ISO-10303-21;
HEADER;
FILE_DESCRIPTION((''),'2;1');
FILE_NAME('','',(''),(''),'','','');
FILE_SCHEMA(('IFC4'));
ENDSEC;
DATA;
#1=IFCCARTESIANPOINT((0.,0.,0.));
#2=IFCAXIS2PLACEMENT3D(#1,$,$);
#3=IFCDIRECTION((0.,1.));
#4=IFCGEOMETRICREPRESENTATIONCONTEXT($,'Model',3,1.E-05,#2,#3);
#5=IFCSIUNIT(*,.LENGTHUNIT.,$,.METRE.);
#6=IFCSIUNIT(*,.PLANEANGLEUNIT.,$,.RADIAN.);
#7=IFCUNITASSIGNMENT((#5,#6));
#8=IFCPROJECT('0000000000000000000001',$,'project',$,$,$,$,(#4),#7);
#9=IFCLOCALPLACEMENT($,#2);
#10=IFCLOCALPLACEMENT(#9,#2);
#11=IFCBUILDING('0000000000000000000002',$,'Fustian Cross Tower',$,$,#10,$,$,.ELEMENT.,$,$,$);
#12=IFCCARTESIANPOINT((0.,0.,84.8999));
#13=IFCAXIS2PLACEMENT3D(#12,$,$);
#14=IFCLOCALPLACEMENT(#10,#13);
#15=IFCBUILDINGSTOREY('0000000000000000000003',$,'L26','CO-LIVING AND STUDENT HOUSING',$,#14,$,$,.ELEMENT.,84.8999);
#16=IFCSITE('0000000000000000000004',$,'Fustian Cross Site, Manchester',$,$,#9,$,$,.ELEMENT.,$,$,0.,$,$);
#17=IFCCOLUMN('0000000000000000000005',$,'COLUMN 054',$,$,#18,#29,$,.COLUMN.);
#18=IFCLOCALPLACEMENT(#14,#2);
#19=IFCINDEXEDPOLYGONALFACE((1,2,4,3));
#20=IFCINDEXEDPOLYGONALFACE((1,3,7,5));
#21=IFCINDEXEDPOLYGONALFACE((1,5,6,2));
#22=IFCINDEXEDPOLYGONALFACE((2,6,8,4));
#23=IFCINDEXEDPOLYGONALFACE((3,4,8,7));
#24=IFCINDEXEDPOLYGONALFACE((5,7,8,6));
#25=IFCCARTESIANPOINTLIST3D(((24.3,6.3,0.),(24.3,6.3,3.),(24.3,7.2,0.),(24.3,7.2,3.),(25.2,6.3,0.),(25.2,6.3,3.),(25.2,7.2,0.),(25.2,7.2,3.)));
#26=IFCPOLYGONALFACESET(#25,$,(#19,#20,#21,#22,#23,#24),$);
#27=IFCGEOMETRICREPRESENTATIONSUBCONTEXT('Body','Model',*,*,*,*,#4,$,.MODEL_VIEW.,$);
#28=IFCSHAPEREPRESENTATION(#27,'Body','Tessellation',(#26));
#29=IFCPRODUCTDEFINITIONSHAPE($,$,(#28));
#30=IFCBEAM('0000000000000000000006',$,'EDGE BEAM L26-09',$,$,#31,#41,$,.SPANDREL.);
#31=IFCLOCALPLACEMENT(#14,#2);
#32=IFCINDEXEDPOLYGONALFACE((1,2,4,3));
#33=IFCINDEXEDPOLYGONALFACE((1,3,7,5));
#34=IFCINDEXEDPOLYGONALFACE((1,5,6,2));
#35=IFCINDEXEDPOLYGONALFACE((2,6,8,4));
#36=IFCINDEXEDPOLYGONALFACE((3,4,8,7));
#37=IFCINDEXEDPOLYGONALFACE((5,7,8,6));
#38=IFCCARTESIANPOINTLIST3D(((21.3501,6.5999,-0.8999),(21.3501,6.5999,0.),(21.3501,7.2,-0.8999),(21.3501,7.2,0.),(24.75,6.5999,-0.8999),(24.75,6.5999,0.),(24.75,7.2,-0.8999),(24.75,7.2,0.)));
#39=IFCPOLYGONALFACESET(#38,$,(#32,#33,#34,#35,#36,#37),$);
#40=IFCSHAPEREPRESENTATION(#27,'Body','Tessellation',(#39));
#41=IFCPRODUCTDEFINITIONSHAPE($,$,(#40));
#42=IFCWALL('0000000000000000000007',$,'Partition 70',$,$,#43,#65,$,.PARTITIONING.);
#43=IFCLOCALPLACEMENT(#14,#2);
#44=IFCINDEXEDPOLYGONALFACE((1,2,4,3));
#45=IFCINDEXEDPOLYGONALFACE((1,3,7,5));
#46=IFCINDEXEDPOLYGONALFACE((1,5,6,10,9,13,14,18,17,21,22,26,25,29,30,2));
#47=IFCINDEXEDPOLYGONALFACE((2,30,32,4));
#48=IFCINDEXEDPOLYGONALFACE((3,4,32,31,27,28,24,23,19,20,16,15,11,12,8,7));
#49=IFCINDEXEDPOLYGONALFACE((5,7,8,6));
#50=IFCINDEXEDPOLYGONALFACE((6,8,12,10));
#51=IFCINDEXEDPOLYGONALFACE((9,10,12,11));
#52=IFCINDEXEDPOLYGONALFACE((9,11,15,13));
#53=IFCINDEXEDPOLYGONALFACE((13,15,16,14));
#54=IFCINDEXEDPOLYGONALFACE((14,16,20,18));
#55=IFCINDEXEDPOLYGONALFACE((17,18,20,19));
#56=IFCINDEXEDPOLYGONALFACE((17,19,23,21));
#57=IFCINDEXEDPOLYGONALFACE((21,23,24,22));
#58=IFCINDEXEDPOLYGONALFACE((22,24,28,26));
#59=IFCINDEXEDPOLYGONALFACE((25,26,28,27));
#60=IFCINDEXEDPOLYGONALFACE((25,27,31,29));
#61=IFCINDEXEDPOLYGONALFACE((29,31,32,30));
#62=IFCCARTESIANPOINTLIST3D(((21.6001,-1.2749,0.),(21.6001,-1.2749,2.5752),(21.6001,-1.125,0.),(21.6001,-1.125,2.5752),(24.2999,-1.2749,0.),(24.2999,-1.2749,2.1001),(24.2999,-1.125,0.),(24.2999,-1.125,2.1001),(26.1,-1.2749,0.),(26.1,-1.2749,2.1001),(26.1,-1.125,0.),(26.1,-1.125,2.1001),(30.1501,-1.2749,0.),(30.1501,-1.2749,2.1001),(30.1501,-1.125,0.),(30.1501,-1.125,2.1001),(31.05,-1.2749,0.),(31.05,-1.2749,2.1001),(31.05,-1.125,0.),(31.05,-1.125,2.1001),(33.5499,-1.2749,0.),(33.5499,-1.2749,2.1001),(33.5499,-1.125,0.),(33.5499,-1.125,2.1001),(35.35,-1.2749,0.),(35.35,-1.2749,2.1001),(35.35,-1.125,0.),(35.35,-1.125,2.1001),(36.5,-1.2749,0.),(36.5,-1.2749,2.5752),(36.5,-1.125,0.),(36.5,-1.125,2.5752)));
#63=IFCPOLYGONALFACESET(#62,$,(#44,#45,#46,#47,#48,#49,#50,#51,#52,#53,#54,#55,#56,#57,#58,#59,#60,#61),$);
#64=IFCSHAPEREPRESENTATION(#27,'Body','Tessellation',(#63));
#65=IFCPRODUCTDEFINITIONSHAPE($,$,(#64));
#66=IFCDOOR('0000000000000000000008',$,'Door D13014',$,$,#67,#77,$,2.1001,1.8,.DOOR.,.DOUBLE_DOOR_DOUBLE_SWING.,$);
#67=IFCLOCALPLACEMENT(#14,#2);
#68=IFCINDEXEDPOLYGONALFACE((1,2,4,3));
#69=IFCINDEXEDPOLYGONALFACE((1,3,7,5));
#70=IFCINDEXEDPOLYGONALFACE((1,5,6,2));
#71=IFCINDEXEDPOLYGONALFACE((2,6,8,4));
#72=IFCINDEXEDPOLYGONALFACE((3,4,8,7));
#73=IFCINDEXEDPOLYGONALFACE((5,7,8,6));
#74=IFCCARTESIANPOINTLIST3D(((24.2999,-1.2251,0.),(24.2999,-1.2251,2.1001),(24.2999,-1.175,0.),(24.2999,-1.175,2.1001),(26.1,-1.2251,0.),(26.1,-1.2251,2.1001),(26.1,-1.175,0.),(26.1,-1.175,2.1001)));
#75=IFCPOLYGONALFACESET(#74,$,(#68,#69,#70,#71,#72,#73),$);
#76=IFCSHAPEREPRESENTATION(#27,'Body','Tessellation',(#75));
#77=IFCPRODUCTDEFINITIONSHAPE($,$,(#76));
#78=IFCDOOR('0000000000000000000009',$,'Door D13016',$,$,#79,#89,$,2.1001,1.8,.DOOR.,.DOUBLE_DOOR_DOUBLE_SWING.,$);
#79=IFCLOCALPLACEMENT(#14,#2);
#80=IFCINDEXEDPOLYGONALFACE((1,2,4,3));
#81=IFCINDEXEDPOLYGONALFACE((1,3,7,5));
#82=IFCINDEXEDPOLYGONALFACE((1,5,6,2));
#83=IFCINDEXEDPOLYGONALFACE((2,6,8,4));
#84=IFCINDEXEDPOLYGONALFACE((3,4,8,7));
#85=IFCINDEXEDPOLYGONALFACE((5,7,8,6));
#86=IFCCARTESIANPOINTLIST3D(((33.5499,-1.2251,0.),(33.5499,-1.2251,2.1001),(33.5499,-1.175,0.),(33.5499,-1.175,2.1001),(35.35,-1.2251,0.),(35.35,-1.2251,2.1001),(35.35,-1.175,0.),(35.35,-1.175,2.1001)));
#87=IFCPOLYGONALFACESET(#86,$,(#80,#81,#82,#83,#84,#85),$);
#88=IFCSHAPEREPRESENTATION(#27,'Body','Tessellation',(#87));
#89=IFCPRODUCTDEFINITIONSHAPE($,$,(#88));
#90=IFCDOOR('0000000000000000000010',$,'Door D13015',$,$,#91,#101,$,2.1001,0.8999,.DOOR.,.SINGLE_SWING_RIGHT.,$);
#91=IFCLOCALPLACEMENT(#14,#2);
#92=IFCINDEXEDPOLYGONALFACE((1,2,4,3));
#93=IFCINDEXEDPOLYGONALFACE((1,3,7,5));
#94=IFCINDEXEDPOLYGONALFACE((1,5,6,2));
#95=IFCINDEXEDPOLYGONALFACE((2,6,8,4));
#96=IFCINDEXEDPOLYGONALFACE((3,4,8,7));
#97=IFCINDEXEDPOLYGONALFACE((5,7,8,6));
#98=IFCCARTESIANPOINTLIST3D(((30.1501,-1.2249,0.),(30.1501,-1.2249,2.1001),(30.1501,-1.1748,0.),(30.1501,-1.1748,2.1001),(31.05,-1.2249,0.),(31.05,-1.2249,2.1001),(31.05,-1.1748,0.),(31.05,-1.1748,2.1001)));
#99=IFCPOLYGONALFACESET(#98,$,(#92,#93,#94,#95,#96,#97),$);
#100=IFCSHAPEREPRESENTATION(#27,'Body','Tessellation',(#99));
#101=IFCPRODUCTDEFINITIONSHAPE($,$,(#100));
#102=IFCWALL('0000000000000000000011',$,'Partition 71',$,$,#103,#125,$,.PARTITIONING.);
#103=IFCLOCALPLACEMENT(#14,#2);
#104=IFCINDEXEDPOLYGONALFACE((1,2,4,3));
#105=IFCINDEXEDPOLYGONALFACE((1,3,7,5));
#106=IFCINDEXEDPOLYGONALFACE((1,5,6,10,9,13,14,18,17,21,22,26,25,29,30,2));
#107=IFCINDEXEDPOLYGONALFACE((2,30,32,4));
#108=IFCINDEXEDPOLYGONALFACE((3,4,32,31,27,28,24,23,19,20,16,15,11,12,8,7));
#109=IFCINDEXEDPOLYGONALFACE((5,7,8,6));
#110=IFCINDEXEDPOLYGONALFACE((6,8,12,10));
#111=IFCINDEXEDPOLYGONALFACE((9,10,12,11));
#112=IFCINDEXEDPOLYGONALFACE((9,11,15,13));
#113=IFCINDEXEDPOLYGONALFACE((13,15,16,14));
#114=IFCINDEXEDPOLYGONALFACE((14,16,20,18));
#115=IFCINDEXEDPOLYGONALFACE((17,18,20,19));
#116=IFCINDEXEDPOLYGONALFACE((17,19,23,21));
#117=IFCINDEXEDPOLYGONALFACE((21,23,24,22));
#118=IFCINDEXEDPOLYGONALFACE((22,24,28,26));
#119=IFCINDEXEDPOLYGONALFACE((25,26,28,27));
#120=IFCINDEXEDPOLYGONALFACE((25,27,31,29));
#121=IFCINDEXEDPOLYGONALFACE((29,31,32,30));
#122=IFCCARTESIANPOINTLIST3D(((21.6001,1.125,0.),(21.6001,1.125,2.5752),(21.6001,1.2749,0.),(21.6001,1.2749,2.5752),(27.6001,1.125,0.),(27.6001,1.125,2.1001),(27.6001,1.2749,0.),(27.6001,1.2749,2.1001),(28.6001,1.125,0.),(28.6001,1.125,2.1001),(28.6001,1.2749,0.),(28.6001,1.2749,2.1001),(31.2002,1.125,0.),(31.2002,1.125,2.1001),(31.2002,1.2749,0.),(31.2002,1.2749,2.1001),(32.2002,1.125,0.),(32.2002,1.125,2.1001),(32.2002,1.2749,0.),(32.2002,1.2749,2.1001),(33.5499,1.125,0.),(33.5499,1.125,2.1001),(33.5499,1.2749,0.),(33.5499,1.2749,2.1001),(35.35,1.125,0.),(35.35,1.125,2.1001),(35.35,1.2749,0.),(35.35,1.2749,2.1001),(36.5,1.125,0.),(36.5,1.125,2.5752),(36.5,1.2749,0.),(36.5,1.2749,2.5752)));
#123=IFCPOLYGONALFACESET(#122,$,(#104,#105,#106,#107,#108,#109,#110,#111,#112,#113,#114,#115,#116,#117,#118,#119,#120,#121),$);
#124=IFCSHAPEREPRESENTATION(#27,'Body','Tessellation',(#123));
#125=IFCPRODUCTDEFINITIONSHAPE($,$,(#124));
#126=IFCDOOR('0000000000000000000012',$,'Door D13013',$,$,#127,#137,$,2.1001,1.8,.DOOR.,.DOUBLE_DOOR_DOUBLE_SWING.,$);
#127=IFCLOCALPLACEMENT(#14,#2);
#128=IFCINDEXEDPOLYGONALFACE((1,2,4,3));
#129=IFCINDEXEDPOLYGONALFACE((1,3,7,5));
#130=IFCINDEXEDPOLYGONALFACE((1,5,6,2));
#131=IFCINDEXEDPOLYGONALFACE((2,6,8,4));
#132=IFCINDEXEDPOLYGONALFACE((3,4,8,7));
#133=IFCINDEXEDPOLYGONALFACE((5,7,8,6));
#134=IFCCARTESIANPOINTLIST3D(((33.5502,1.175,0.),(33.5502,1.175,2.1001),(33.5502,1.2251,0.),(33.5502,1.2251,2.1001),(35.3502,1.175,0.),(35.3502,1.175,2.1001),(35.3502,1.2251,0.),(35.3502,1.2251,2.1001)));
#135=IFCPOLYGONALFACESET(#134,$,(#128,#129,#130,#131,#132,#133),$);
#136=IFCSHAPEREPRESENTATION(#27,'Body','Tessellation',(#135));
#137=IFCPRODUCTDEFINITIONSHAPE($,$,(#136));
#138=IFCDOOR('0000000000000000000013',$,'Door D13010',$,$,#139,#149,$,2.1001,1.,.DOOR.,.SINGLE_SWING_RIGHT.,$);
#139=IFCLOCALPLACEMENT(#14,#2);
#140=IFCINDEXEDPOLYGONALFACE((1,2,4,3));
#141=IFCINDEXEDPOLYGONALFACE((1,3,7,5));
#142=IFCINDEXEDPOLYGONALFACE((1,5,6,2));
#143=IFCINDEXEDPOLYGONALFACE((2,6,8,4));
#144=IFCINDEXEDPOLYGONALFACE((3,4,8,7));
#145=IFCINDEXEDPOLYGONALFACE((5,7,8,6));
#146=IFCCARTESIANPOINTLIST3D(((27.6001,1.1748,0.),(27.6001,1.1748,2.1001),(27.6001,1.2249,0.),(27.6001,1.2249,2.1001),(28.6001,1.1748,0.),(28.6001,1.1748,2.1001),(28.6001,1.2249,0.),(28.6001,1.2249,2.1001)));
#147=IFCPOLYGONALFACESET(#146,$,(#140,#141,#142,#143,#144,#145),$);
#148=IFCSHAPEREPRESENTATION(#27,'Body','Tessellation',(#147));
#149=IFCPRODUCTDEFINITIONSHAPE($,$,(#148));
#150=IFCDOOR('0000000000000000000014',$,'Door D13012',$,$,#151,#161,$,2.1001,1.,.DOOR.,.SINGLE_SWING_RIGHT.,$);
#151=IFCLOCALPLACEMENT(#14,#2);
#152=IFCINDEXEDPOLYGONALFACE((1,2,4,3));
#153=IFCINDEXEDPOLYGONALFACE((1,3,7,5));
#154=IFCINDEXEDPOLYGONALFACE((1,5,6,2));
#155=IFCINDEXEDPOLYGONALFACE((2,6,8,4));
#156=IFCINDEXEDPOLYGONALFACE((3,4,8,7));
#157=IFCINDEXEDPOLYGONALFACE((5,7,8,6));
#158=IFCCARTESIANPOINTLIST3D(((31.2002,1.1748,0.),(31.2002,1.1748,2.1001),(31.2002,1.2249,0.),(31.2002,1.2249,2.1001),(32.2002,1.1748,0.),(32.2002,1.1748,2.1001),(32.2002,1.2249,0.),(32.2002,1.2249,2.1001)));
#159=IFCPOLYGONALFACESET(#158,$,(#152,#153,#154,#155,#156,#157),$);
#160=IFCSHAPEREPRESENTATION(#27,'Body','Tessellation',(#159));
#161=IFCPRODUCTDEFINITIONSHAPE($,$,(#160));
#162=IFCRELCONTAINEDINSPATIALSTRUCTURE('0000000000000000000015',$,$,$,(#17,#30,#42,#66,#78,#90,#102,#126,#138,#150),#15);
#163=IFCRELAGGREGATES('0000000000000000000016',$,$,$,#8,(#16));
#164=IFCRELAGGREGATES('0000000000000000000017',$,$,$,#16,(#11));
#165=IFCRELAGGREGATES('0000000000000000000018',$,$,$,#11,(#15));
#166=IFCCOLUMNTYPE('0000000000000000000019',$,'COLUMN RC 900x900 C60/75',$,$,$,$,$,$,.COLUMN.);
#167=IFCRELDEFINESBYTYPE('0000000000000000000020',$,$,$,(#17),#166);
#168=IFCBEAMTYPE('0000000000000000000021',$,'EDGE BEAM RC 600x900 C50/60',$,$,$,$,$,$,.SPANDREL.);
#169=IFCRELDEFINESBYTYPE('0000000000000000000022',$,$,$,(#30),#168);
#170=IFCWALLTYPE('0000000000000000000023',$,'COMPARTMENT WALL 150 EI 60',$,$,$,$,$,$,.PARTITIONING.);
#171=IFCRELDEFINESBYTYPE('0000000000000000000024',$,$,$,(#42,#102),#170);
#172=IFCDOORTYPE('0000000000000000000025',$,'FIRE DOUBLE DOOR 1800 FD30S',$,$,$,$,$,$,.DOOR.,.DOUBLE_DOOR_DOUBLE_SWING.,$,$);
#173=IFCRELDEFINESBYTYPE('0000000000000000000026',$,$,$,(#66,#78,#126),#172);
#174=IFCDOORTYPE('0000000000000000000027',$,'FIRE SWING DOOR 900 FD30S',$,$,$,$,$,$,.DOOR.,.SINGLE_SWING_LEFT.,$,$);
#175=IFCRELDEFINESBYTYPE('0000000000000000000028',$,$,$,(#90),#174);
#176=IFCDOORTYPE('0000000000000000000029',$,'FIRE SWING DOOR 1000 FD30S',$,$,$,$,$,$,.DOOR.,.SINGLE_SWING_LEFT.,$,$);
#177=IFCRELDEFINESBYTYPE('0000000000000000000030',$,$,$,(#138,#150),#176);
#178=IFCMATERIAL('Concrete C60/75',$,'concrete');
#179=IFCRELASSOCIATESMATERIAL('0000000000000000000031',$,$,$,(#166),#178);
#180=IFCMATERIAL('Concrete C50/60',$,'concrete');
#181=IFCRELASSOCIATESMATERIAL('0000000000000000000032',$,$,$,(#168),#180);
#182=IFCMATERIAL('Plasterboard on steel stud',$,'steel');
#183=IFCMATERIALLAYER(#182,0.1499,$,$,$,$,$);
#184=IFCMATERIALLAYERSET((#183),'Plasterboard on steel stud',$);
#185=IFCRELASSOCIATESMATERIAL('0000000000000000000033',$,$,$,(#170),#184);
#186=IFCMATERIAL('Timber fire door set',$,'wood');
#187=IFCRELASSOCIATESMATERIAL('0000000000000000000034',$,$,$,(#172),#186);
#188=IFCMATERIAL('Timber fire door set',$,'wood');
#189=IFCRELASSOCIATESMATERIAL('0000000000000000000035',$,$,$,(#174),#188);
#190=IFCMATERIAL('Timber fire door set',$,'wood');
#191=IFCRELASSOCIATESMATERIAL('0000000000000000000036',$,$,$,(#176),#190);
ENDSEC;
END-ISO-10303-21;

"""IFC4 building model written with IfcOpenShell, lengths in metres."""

from ifc_helpers import new_model, si_unit, direction, frame, frame_2d, origin, origin_2d, place, context, subcontext, project, spatial, rectangle, extrude, material, layer, layer_set, material_profile, profile_set, type_object, element, fill, save


model = new_model("IFC4")

# Units and contexts
model_context = context("Model", 3, precision=1e-05, world=origin(), true_north=direction((0.0, 1.0)))
body_context = subcontext(model_context, "Body", "Model", "MODEL_VIEW")
ifc_project = project(units=[si_unit("LENGTHUNIT", "METRE"), si_unit("PLANEANGLEUNIT", "RADIAN")], contexts=[model_context])

# Site, building, storey
site_placement = place(None, origin())
site = spatial("IfcSite", under=ifc_project, at=site_placement, Name="Fustian Cross Site, Manchester", CompositionType="ELEMENT", RefElevation=0.0)
building_placement = place(site_placement, origin())
building = spatial("IfcBuilding", under=site, at=building_placement, Name="Fustian Cross Tower", CompositionType="ELEMENT")
storey_placement = place(building_placement, frame((0.0, 0.0, 84.8999)))
storey = spatial("IfcBuildingStorey", under=building, at=storey_placement, Name="L26", Description="CO-LIVING AND STUDENT HOUSING", CompositionType="ELEMENT", Elevation=84.8999)

# Column
ifc_material_1 = material(Name="Concrete C60/75", Category="concrete")
ifc_material_profile_1 = material_profile(ifc_material_1, rectangle(XDim=0.8999, YDim=0.8999, at=origin_2d()), Name="RC 900x900")
ifc_profile_set_1 = profile_set([ifc_material_profile_1], Name="Concrete C60/75")
column_type = type_object("IfcColumnType", Name="COLUMN RC 900x900 C60/75", PredefinedType="COLUMN", material=ifc_profile_set_1)
column_placement = place(storey_placement, frame((24.75, 6.75, 0.0), z_axis=(0.0, 0.0, 1.0), x_axis=(1.0, 0.0, 0.0)))
element("IfcColumn", 1, at=column_placement, inside=storey, type_object=column_type, Name="COLUMN 054", PredefinedType="COLUMN", context=body_context, shape_type="SweptSolid", body=[
    extrude(rectangle(XDim=0.8999, YDim=0.8999, at=origin_2d()), origin(), (0.0, 0.0, 1.0), 3.0),
])

# Beam
ifc_material_2 = material(Name="Concrete C50/60", Category="concrete")
ifc_material_profile_2 = material_profile(ifc_material_2, rectangle(XDim=0.6001, YDim=0.8999, at=origin_2d()), Name="RC 600x900")
ifc_profile_set_2 = profile_set([ifc_material_profile_2], Name="Concrete C50/60")
beam_type = type_object("IfcBeamType", Name="EDGE BEAM RC 600x900 C50/60", PredefinedType="SPANDREL", material=ifc_profile_set_2)
beam_placement = place(storey_placement, frame((24.75, 6.8999, -0.45), z_axis=(-1.0, 0.0, 0.0), x_axis=(0.0, -1.0, 0.0)))
element("IfcBeam", 2, at=beam_placement, inside=storey, type_object=beam_type, Name="EDGE BEAM L26-09", PredefinedType="SPANDREL", context=body_context, shape_type="SweptSolid", body=[
    extrude(rectangle(XDim=0.6001, YDim=0.8999, at=origin_2d()), origin(), (0.0, 0.0, 1.0), 3.3999),
])

# Walls, openings, doors
ifc_material_3 = material(Name="Plasterboard on steel stud", Category="steel")
ifc_layer_1 = layer(ifc_material_3, 0.1499)
ifc_layer_set_1 = layer_set([ifc_layer_1], Name="Plasterboard on steel stud")
wall_type_1 = type_object("IfcWallType", Name="COMPARTMENT WALL 150 EI 60", PredefinedType="PARTITIONING", material=ifc_layer_set_1)
wall_1_placement = place(storey_placement, frame((21.6001, -1.2, 0.0), z_axis=(0.0, 0.0, 1.0), x_axis=(1.0, 0.0, 0.0)))
wall_1 = element("IfcWall", 3, at=wall_1_placement, inside=storey, type_object=wall_type_1, Name="Partition 70", PredefinedType="PARTITIONING", context=body_context, shape_type="SweptSolid", body=[
    extrude(rectangle(XDim=14.8999, YDim=0.1499, at=frame_2d((7.45, 0.0))), origin(), (0.0, 0.0, 1.0), 2.5752),
])
opening_1_placement = place(wall_1_placement, frame((2.7, 0.0, 0.0)))
opening_1 = element("IfcOpeningElement", 4, at=opening_1_placement, cuts=wall_1, PredefinedType="OPENING", context=body_context, shape_type="SweptSolid", body=[
    extrude(rectangle(XDim=1.8, YDim=2.1001, at=frame_2d((0.8999, 1.05))), frame((0.0, 0.085, 0.0), z_axis=(0.0, -1.0, 0.0), x_axis=(1.0, 0.0, 0.0)), (0.0, 0.0, 1.0), 0.1699),
])
opening_2_placement = place(wall_1_placement, frame((8.55, 0.0, 0.0)))
opening_2 = element("IfcOpeningElement", 5, at=opening_2_placement, cuts=wall_1, PredefinedType="OPENING", context=body_context, shape_type="SweptSolid", body=[
    extrude(rectangle(XDim=0.8999, YDim=2.1001, at=frame_2d((0.45, 1.05))), frame((0.0, 0.085, 0.0), z_axis=(0.0, -1.0, 0.0), x_axis=(1.0, 0.0, 0.0)), (0.0, 0.0, 1.0), 0.1699),
])
opening_3_placement = place(wall_1_placement, frame((11.95, 0.0, 0.0)))
opening_3 = element("IfcOpeningElement", 6, at=opening_3_placement, cuts=wall_1, PredefinedType="OPENING", context=body_context, shape_type="SweptSolid", body=[
    extrude(rectangle(XDim=1.8, YDim=2.1001, at=frame_2d((0.8999, 1.05))), frame((0.0, 0.085, 0.0), z_axis=(0.0, -1.0, 0.0), x_axis=(1.0, 0.0, 0.0)), (0.0, 0.0, 1.0), 0.1699),
])
ifc_material_4 = material(Name="Timber fire door set", Category="wood")
door_type_1 = type_object("IfcDoorType", Name="FIRE DOUBLE DOOR 1800 FD30S", OperationType="DOUBLE_DOOR_DOUBLE_SWING", PredefinedType="DOOR", material=ifc_material_4)
door_1_placement = place(opening_1_placement, origin())
door_1 = element("IfcDoor", 7, at=door_1_placement, inside=storey, type_object=door_type_1, Name="Door D13014", OperationType="DOUBLE_DOOR_DOUBLE_SWING", OverallHeight=2.1001, OverallWidth=1.8, PredefinedType="DOOR", context=body_context, shape_type="SweptSolid", body=[
    extrude(rectangle(XDim=1.8, YDim=2.1001, at=frame_2d((0.8999, 1.05))), frame((0.0, 0.0249, 0.0), z_axis=(0.0, -1.0, 0.0), x_axis=(1.0, 0.0, 0.0)), (0.0, 0.0, 1.0), 0.05),
])
fill(opening_1, door_1)
door_2_placement = place(opening_3_placement, origin())
door_2 = element("IfcDoor", 8, at=door_2_placement, inside=storey, type_object=door_type_1, Name="Door D13016", OperationType="DOUBLE_DOOR_DOUBLE_SWING", OverallHeight=2.1001, OverallWidth=1.8, PredefinedType="DOOR", context=body_context, shape_type="SweptSolid", body=[
    extrude(rectangle(XDim=1.8, YDim=2.1001, at=frame_2d((0.8999, 1.05))), frame((0.0, 0.0249, 0.0), z_axis=(0.0, -1.0, 0.0), x_axis=(1.0, 0.0, 0.0)), (0.0, 0.0, 1.0), 0.05),
])
fill(opening_3, door_2)
ifc_material_5 = material(Name="Timber fire door set", Category="wood")
door_type_2 = type_object("IfcDoorType", Name="FIRE SWING DOOR 900 FD30S", OperationType="SINGLE_SWING_LEFT", PredefinedType="DOOR", material=ifc_material_5)
door_3_placement = place(opening_2_placement, frame((0.8999, 0.0, 0.0), z_axis=(0.0, 0.0, 1.0), x_axis=(-1.0, 0.0, 0.0)))
door_3 = element("IfcDoor", 9, at=door_3_placement, inside=storey, type_object=door_type_2, Name="Door D13015", OperationType="SINGLE_SWING_RIGHT", OverallHeight=2.1001, OverallWidth=0.8999, PredefinedType="DOOR", context=body_context, shape_type="SweptSolid", body=[
    extrude(rectangle(XDim=0.8999, YDim=2.1001, at=frame_2d((0.45, 1.05))), frame((0.0, 0.0249, 0.0), z_axis=(0.0, -1.0, 0.0), x_axis=(1.0, 0.0, 0.0)), (0.0, 0.0, 1.0), 0.05),
])
fill(opening_2, door_3)
wall_2_placement = place(storey_placement, frame((21.6001, 1.2, 0.0), z_axis=(0.0, 0.0, 1.0), x_axis=(1.0, 0.0, 0.0)))
wall_2 = element("IfcWall", 10, at=wall_2_placement, inside=storey, type_object=wall_type_1, Name="Partition 71", PredefinedType="PARTITIONING", context=body_context, shape_type="SweptSolid", body=[
    extrude(rectangle(XDim=14.8999, YDim=0.1499, at=frame_2d((7.45, 0.0))), origin(), (0.0, 0.0, 1.0), 2.5752),
])
opening_4_placement = place(wall_2_placement, frame((6.0, 0.0, 0.0)))
opening_4 = element("IfcOpeningElement", 11, at=opening_4_placement, cuts=wall_2, PredefinedType="OPENING", context=body_context, shape_type="SweptSolid", body=[
    extrude(rectangle(XDim=1.0, YDim=2.1001, at=frame_2d((0.5, 1.05))), frame((0.0, 0.085, 0.0), z_axis=(0.0, -1.0, 0.0), x_axis=(1.0, 0.0, 0.0)), (0.0, 0.0, 1.0), 0.1699),
])
opening_5_placement = place(wall_2_placement, frame((9.6001, 0.0, 0.0)))
opening_5 = element("IfcOpeningElement", 12, at=opening_5_placement, cuts=wall_2, PredefinedType="OPENING", context=body_context, shape_type="SweptSolid", body=[
    extrude(rectangle(XDim=1.0, YDim=2.1001, at=frame_2d((0.5, 1.05))), frame((0.0, 0.085, 0.0), z_axis=(0.0, -1.0, 0.0), x_axis=(1.0, 0.0, 0.0)), (0.0, 0.0, 1.0), 0.1699),
])
opening_6_placement = place(wall_2_placement, frame((11.95, 0.0, 0.0)))
opening_6 = element("IfcOpeningElement", 13, at=opening_6_placement, cuts=wall_2, PredefinedType="OPENING", context=body_context, shape_type="SweptSolid", body=[
    extrude(rectangle(XDim=1.8, YDim=2.1001, at=frame_2d((0.8999, 1.05))), frame((0.0, 0.085, 0.0), z_axis=(0.0, -1.0, 0.0), x_axis=(1.0, 0.0, 0.0)), (0.0, 0.0, 1.0), 0.1699),
])
door_4_placement = place(opening_6_placement, frame((1.8, 0.0, 0.0), z_axis=(0.0, 0.0, 1.0), x_axis=(-1.0, 0.0, 0.0)))
door_4 = element("IfcDoor", 14, at=door_4_placement, inside=storey, type_object=door_type_1, Name="Door D13013", OperationType="DOUBLE_DOOR_DOUBLE_SWING", OverallHeight=2.1001, OverallWidth=1.8, PredefinedType="DOOR", context=body_context, shape_type="SweptSolid", body=[
    extrude(rectangle(XDim=1.8, YDim=2.1001, at=frame_2d((0.8999, 1.05))), frame((0.0, 0.0249, 0.0), z_axis=(0.0, -1.0, 0.0), x_axis=(1.0, 0.0, 0.0)), (0.0, 0.0, 1.0), 0.05),
])
fill(opening_6, door_4)
ifc_material_6 = material(Name="Timber fire door set", Category="wood")
door_type_3 = type_object("IfcDoorType", Name="FIRE SWING DOOR 1000 FD30S", OperationType="SINGLE_SWING_LEFT", PredefinedType="DOOR", material=ifc_material_6)
door_5_placement = place(opening_4_placement, origin())
door_5 = element("IfcDoor", 15, at=door_5_placement, inside=storey, type_object=door_type_3, Name="Door D13010", OperationType="SINGLE_SWING_RIGHT", OverallHeight=2.1001, OverallWidth=1.0, PredefinedType="DOOR", context=body_context, shape_type="SweptSolid", body=[
    extrude(rectangle(XDim=1.0, YDim=2.1001, at=frame_2d((0.5, 1.05))), frame((0.0, 0.0249, 0.0), z_axis=(0.0, -1.0, 0.0), x_axis=(1.0, 0.0, 0.0)), (0.0, 0.0, 1.0), 0.05),
])
fill(opening_4, door_5)
door_6_placement = place(opening_5_placement, origin())
door_6 = element("IfcDoor", 16, at=door_6_placement, inside=storey, type_object=door_type_3, Name="Door D13012", OperationType="SINGLE_SWING_RIGHT", OverallHeight=2.1001, OverallWidth=1.0, PredefinedType="DOOR", context=body_context, shape_type="SweptSolid", body=[
    extrude(rectangle(XDim=1.0, YDim=2.1001, at=frame_2d((0.5, 1.05))), frame((0.0, 0.0249, 0.0), z_axis=(0.0, -1.0, 0.0), x_axis=(1.0, 0.0, 0.0)), (0.0, 0.0, 1.0), 0.05),
])
fill(opening_5, door_6)

save(model, "model.ifc")
